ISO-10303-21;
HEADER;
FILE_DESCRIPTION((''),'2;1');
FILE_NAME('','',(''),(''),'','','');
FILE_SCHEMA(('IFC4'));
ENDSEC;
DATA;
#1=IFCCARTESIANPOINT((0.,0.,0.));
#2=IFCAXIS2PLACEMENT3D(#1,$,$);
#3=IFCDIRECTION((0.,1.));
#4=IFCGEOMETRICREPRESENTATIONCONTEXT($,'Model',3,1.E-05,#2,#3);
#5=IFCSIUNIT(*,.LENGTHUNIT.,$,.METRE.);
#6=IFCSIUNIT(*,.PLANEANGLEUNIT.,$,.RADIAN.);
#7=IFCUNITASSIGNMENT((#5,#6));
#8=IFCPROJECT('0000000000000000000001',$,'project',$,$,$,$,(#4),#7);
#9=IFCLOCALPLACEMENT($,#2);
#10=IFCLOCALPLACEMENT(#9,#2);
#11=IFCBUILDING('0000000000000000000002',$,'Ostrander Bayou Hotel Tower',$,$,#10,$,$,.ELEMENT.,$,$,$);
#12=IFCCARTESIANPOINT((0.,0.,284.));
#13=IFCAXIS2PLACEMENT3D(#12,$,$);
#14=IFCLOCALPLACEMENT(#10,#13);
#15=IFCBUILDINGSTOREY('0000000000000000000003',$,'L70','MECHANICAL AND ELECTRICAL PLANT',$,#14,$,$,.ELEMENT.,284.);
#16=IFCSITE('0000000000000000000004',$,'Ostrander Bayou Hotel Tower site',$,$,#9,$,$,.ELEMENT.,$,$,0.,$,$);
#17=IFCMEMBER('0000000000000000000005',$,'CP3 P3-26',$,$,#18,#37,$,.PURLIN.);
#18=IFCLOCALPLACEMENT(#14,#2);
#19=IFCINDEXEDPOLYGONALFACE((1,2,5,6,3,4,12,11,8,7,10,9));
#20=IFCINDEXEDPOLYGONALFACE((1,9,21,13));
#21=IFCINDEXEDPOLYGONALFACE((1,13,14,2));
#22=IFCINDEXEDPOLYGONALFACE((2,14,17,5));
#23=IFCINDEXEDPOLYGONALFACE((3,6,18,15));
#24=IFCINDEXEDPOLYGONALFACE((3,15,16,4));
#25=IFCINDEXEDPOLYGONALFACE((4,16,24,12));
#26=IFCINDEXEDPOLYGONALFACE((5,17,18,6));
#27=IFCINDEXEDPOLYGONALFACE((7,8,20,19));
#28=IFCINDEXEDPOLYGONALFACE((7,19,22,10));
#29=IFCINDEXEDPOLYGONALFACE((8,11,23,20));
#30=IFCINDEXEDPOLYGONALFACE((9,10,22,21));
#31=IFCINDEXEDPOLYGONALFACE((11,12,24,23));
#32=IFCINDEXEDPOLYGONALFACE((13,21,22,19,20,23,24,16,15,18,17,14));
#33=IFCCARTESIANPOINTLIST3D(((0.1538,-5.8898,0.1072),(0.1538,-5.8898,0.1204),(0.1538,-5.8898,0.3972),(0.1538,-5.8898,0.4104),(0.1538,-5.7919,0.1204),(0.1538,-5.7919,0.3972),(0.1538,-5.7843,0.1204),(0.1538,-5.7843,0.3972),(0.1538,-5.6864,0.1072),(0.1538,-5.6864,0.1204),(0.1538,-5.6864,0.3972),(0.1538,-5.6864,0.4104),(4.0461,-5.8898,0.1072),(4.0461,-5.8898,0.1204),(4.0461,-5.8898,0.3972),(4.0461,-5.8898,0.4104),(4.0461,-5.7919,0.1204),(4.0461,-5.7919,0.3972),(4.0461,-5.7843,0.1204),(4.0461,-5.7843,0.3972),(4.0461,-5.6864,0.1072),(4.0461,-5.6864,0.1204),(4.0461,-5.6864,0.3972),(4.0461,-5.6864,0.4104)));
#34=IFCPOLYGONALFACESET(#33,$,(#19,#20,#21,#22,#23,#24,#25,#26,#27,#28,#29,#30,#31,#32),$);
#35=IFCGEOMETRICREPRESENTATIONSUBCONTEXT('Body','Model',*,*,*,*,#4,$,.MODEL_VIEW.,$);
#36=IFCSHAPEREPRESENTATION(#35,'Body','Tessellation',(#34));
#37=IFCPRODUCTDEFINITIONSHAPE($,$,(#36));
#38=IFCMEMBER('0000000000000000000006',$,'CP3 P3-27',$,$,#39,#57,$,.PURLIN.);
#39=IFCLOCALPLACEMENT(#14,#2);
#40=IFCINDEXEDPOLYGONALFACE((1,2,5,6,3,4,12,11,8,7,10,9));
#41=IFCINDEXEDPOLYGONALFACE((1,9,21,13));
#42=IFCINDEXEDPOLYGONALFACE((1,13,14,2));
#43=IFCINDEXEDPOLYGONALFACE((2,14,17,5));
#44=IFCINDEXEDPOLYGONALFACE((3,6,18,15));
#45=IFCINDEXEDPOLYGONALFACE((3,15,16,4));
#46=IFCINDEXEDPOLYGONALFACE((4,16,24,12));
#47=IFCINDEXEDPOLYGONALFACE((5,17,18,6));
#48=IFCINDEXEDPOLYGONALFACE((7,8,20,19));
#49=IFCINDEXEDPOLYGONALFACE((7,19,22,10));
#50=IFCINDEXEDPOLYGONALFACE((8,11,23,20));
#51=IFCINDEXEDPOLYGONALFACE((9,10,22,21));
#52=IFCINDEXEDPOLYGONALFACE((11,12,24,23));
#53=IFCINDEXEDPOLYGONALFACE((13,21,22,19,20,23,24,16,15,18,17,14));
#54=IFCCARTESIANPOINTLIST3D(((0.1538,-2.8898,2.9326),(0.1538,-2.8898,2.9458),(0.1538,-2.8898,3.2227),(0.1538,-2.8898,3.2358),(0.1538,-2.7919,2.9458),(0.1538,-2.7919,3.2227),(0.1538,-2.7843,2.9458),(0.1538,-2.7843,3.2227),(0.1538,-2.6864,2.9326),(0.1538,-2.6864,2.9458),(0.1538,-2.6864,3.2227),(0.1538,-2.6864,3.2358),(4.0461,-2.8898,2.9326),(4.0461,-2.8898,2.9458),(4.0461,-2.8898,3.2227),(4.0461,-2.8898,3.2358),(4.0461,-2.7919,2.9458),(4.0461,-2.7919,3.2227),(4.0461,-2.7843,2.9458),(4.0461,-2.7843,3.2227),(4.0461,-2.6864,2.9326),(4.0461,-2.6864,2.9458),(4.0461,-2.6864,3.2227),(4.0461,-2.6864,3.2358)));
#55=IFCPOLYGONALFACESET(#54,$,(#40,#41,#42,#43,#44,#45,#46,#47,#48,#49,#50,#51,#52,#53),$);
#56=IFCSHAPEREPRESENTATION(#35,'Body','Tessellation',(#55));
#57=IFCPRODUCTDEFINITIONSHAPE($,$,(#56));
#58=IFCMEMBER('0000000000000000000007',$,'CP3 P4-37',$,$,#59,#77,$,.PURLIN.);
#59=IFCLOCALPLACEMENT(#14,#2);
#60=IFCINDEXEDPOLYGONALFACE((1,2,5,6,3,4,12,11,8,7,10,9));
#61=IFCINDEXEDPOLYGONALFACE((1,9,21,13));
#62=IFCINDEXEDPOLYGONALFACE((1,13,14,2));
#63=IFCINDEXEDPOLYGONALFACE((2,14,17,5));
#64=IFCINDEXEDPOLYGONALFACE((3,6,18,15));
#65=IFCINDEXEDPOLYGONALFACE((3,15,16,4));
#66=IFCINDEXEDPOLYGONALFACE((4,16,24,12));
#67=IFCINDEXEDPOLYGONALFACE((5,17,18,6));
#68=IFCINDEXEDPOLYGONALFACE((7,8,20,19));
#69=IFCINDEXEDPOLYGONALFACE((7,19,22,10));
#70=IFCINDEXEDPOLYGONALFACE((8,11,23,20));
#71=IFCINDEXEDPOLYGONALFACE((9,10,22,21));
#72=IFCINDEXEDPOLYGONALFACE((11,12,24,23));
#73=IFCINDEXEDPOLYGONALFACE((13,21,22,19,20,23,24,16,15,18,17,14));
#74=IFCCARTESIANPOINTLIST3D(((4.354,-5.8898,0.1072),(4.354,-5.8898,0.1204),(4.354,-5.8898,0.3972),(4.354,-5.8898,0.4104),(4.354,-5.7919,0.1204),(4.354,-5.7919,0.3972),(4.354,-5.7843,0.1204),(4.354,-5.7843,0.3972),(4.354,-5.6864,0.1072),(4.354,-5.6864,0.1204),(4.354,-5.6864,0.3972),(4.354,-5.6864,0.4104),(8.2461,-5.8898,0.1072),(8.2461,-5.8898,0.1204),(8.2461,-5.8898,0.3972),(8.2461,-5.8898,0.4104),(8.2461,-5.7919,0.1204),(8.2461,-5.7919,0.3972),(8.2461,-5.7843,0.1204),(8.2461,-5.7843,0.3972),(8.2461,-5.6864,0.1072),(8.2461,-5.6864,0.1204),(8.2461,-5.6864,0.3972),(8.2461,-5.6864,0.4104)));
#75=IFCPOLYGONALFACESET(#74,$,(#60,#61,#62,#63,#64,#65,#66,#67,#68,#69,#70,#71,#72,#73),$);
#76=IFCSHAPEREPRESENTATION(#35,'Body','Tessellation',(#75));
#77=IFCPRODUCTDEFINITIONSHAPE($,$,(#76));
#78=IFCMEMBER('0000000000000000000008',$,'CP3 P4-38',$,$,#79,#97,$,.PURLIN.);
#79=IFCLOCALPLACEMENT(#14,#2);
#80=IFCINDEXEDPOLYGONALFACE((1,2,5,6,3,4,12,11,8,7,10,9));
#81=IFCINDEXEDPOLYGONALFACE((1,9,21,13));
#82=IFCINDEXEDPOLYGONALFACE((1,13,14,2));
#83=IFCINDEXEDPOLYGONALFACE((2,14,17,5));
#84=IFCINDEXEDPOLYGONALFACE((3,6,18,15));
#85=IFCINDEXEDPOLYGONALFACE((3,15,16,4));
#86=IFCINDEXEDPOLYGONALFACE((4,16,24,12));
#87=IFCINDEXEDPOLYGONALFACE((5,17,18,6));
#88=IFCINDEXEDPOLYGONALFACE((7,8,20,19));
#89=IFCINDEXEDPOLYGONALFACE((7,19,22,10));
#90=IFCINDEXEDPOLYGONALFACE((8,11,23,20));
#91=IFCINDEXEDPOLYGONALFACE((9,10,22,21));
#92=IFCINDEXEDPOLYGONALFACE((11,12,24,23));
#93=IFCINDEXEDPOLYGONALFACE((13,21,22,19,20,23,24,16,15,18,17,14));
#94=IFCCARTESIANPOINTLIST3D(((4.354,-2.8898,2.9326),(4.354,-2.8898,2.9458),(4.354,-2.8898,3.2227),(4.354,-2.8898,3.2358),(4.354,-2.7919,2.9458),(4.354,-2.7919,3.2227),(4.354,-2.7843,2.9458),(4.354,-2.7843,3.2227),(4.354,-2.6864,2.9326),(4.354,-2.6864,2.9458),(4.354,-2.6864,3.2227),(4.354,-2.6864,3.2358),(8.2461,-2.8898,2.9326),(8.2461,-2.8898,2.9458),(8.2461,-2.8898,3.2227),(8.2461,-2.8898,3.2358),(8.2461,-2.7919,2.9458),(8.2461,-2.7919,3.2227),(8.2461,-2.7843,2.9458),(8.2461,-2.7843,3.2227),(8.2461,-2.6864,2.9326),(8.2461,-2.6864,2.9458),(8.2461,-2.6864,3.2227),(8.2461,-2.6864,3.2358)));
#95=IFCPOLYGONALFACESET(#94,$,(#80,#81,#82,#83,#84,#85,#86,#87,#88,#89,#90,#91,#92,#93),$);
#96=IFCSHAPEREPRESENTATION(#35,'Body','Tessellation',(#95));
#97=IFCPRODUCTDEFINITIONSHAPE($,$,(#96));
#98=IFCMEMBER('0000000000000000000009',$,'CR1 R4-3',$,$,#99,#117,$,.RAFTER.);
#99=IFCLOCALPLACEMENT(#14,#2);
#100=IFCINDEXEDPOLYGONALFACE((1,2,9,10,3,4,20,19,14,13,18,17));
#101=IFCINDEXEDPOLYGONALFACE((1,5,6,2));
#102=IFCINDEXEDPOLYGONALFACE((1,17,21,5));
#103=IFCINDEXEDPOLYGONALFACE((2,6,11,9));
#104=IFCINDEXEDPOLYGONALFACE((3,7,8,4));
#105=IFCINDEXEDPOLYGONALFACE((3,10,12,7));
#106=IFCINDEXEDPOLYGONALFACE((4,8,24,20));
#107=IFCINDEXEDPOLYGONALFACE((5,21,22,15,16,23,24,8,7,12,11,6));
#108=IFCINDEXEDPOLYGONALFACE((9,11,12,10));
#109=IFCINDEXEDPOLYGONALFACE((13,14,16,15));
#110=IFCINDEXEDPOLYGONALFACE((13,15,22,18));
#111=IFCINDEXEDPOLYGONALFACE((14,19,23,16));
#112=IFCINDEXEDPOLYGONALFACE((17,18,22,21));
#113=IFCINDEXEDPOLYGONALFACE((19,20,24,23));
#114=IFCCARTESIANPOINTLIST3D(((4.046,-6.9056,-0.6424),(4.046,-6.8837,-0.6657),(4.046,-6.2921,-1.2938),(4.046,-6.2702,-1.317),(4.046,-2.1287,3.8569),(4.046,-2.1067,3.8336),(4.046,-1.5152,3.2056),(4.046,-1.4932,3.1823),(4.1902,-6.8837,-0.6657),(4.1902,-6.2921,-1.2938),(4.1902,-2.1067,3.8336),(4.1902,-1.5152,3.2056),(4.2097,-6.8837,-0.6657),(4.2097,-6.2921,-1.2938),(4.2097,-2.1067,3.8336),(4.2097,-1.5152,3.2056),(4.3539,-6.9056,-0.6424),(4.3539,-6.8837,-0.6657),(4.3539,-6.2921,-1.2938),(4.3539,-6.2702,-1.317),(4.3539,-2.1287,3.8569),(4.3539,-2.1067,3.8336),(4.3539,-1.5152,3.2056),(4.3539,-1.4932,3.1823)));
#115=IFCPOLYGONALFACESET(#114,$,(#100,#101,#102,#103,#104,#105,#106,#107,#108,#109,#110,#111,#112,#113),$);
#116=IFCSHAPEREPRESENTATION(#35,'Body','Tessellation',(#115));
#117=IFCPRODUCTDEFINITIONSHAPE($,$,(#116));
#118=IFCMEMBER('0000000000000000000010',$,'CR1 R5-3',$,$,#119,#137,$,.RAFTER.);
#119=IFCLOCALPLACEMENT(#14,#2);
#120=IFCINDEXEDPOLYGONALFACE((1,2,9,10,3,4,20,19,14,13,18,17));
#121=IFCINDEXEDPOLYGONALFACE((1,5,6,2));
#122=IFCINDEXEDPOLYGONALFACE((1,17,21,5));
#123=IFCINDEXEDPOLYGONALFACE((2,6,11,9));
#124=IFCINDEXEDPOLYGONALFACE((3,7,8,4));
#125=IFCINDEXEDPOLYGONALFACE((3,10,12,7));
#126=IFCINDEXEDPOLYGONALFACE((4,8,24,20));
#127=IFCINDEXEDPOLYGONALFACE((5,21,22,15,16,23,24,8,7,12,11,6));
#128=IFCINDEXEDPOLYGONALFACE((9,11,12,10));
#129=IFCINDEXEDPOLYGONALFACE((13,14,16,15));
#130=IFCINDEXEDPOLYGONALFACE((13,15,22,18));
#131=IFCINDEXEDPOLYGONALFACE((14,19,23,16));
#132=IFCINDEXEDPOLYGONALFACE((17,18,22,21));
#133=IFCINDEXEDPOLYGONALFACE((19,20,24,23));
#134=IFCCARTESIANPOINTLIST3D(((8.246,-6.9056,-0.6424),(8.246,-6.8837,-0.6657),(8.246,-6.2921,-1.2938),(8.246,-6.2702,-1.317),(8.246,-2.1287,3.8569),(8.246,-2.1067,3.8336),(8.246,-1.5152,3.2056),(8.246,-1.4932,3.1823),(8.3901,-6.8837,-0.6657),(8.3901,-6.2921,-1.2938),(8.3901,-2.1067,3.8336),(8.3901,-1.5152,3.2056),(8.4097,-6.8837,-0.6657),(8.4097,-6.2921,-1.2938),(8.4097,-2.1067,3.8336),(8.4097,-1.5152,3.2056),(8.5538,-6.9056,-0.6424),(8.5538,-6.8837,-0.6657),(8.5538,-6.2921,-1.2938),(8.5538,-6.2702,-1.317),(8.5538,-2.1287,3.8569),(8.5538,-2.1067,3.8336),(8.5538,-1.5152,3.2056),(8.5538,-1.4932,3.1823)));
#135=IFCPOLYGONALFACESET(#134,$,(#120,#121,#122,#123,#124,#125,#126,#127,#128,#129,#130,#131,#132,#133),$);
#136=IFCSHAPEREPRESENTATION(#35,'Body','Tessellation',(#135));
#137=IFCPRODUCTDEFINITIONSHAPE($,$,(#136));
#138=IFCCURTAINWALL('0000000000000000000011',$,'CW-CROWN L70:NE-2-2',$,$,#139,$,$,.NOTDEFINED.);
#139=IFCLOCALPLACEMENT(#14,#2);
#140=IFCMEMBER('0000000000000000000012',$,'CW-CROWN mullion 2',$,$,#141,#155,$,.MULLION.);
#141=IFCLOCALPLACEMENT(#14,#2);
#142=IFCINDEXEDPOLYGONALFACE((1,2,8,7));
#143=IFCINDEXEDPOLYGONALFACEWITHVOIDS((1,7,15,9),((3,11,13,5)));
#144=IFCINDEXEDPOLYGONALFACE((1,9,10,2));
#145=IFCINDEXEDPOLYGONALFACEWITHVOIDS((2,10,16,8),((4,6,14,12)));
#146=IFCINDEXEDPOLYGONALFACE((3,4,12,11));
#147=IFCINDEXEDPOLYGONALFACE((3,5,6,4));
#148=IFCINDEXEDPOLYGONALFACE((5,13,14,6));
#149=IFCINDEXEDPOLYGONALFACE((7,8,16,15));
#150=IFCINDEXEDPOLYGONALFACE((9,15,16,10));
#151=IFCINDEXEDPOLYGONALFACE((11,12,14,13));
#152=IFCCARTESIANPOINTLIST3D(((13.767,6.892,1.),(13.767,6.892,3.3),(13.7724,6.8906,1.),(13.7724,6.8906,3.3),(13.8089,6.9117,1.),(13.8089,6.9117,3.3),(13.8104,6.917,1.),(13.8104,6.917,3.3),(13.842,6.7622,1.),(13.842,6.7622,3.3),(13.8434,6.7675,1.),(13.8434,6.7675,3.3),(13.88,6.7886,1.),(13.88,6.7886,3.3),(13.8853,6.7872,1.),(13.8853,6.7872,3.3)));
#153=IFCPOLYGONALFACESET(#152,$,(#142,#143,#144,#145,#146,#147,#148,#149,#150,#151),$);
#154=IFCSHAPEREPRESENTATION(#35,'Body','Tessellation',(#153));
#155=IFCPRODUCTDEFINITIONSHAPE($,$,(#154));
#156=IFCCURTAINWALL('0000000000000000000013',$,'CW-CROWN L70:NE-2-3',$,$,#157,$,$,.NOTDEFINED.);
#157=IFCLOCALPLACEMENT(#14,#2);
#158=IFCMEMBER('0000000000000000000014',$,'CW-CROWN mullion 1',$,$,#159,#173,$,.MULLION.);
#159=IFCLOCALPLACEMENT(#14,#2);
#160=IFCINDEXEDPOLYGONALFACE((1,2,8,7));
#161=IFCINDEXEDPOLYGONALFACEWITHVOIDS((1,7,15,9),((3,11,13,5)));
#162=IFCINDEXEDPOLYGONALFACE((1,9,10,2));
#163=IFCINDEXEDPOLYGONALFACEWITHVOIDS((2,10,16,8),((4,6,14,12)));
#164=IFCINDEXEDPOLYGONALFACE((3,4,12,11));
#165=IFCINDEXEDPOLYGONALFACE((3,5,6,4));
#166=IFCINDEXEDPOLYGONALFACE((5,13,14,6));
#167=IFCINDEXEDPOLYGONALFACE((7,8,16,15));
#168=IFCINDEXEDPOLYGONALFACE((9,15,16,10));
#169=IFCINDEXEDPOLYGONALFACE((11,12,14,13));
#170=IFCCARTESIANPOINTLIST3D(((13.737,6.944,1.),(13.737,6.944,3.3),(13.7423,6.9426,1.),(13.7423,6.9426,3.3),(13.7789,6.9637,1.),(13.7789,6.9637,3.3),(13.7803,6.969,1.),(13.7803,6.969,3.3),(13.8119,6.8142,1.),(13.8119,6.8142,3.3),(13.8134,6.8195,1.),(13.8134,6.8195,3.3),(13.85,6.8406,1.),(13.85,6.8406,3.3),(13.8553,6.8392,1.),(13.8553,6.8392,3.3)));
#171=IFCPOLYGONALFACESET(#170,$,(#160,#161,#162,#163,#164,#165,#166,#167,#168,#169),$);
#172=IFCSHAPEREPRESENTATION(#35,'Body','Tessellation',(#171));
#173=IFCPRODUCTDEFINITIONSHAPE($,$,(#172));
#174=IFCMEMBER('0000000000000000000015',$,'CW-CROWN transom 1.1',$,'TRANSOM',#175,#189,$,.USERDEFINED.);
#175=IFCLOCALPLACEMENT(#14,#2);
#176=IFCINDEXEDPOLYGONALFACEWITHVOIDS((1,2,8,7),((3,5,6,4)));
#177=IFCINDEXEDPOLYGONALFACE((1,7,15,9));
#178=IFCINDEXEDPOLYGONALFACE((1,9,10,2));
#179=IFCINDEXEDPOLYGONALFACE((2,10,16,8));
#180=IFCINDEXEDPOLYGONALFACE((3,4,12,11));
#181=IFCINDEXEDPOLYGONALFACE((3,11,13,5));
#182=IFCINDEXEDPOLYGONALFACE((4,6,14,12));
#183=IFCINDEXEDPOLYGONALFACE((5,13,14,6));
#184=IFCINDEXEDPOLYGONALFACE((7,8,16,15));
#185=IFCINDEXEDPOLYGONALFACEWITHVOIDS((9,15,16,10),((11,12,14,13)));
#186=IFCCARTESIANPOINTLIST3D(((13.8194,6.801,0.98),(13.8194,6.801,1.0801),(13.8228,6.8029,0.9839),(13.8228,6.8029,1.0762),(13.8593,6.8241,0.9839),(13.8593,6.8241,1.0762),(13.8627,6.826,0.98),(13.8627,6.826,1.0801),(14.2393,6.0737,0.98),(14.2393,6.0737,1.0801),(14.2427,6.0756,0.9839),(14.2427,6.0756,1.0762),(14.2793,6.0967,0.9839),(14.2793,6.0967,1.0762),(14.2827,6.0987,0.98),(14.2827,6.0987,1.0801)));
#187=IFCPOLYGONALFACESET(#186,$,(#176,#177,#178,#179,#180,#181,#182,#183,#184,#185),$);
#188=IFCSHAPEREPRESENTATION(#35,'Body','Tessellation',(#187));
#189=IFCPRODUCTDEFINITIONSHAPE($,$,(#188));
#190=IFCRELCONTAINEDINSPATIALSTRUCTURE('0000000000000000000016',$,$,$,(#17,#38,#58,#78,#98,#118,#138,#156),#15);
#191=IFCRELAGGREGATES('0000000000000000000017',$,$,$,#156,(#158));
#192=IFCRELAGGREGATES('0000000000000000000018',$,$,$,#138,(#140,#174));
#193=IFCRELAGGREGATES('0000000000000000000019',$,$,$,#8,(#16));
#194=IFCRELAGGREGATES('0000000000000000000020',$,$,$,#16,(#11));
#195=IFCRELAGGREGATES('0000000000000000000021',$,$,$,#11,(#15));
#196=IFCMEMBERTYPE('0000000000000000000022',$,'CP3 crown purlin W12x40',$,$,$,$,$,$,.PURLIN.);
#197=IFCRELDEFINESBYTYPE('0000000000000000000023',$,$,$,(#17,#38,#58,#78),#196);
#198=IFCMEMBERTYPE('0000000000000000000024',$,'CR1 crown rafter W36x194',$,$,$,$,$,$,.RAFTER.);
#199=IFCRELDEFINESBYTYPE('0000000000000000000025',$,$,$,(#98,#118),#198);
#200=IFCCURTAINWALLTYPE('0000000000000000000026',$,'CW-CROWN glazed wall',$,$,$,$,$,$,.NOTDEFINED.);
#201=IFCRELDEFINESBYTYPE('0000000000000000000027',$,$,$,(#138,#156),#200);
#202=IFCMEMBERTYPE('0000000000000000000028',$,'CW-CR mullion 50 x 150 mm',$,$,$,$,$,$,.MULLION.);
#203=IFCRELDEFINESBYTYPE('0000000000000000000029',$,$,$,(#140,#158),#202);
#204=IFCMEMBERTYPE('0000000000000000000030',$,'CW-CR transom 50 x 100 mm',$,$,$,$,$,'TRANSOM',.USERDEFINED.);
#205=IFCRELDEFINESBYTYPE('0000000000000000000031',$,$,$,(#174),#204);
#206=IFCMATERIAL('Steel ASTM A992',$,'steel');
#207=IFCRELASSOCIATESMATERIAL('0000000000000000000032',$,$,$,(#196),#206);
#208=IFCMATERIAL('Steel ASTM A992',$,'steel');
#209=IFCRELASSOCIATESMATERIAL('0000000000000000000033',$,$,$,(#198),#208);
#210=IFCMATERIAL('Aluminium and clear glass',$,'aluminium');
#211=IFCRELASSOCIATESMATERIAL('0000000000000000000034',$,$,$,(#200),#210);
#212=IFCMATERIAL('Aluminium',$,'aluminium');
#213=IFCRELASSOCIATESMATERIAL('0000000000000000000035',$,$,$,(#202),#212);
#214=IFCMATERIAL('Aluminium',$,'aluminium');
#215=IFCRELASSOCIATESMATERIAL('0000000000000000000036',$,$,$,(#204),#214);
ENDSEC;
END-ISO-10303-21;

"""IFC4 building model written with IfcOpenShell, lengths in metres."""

from ifc_helpers import new_model, si_unit, direction, frame, origin, origin_2d, place, context, subcontext, project, spatial, hollow_rectangle, i_section, extrude, material, material_profile, profile_set, type_object, element, aggregate, save


model = new_model("IFC4")

# Units and contexts
model_context = context("Model", 3, precision=1e-05, world=origin(), true_north=direction((0.0, 1.0)))
body_context = subcontext(model_context, "Body", "Model", "MODEL_VIEW")
ifc_project = project(units=[si_unit("LENGTHUNIT", "METRE"), si_unit("PLANEANGLEUNIT", "RADIAN")], contexts=[model_context])

# Site, building, storey
site_placement = place(None, origin())
site = spatial("IfcSite", under=ifc_project, at=site_placement, Name="Ostrander Bayou Hotel Tower site", CompositionType="ELEMENT", RefElevation=0.0)
building_placement = place(site_placement, origin())
building = spatial("IfcBuilding", under=site, at=building_placement, Name="Ostrander Bayou Hotel Tower", CompositionType="ELEMENT")
storey_placement = place(building_placement, frame((0.0, 0.0, 284.0)))
storey = spatial("IfcBuildingStorey", under=building, at=storey_placement, Name="L70", Description="MECHANICAL AND ELECTRICAL PLANT", CompositionType="ELEMENT", Elevation=284.0)

# Members
ifc_material_1 = material(Name="Steel ASTM A992", Category="steel")
ifc_material_profile_1 = material_profile(ifc_material_1, i_section(OverallWidth=0.2034, OverallDepth=0.3032, WebThickness=0.0076, FlangeThickness=0.0132, at=origin_2d()))
ifc_profile_set_1 = profile_set([ifc_material_profile_1], Name="Steel ASTM A992")
member_type_1 = type_object("IfcMemberType", Name="CP3 crown purlin W12x40", PredefinedType="PURLIN", material=ifc_profile_set_1)
for number, where, z_axis, x_axis, name in (
    (1, (0.1538, -5.7881, 0.2588), (1.0, 0.0, 0.0), (0.0, 1.0, 0.0), "CP3 P3-26"),
    (2, (0.1538, -2.7881, 3.0842), (1.0, 0.0, 0.0), (0.0, 1.0, 0.0), "CP3 P3-27"),
):
    element("IfcMember", number, at=place(storey_placement, frame(where, z_axis=z_axis, x_axis=x_axis)), inside=storey, type_object=member_type_1, Name=name, PredefinedType="PURLIN", context=body_context, shape_type="SweptSolid", body=[
        extrude(i_section(OverallWidth=0.2034, OverallDepth=0.3032, WebThickness=0.0076, FlangeThickness=0.0132, at=origin_2d()), origin(), (0.0, 0.0, 1.0), 3.8923),
    ])
for number, where, z_axis, x_axis, name in (
    (3, (4.354, -5.7881, 0.2588), (1.0, 0.0, 0.0), (0.0, 1.0, 0.0), "CP3 P4-37"),
    (4, (4.354, -2.7881, 3.0842), (1.0, 0.0, 0.0), (0.0, 1.0, 0.0), "CP3 P4-38"),
):
    element("IfcMember", number, at=place(storey_placement, frame(where, z_axis=z_axis, x_axis=x_axis)), inside=storey, type_object=member_type_1, Name=name, PredefinedType="PURLIN", context=body_context, shape_type="SweptSolid", body=[
        extrude(i_section(OverallWidth=0.2034, OverallDepth=0.3032, WebThickness=0.0076, FlangeThickness=0.0132, at=origin_2d()), origin(), (0.0, 0.0, 1.0), 3.8921),
    ])
ifc_material_2 = material(Name="Steel ASTM A992", Category="steel")
ifc_material_profile_2 = material_profile(ifc_material_2, i_section(OverallWidth=0.3079, OverallDepth=0.9268, WebThickness=0.0195, FlangeThickness=0.032, at=origin_2d()))
ifc_profile_set_2 = profile_set([ifc_material_profile_2], Name="Steel ASTM A992")
member_type_2 = type_object("IfcMemberType", Name="CR1 crown rafter W36x194", PredefinedType="RAFTER", material=ifc_profile_set_2)
for number, where, z_axis, x_axis, name in (
    (5, (4.2, -6.5879, -0.9797), (0.0, 0.727941, 0.68564), (-1.0, 0.0, 0.0), "CR1 R4-3"),
    (6, (8.3999, -6.5879, -0.9797), (0.0, 0.727941, 0.68564), (-1.0, 0.0, 0.0), "CR1 R5-3"),
):
    element("IfcMember", number, at=place(storey_placement, frame(where, z_axis=z_axis, x_axis=x_axis)), inside=storey, type_object=member_type_2, Name=name, PredefinedType="RAFTER", context=body_context, shape_type="SweptSolid", body=[
        extrude(i_section(OverallWidth=0.3079, OverallDepth=0.9268, WebThickness=0.0195, FlangeThickness=0.032, at=origin_2d()), origin(), (0.0, 0.0, 1.0), 6.5623),
    ])

# Curtain walls, members
ifc_material_3 = material(Name="Aluminium and clear glass", Category="aluminium")
curtain_wall_type = type_object("IfcCurtainWallType", Name="CW-CROWN glazed wall", PredefinedType="NOTDEFINED", material=ifc_material_3)
curtain_wall_1_placement = place(storey_placement, origin())
curtain_wall_1 = element("IfcCurtainWall", 7, at=curtain_wall_1_placement, inside=storey, type_object=curtain_wall_type, Name="CW-CROWN L70:NE-2-2", PredefinedType="NOTDEFINED")
ifc_material_4 = material(Name="Aluminium", Category="aluminium")
ifc_material_profile_3 = material_profile(ifc_material_4, hollow_rectangle(XDim=0.05, YDim=0.1499, WallThickness=0.0039, at=origin_2d()))
ifc_profile_set_3 = profile_set([ifc_material_profile_3], Name="Aluminium")
member_type_3 = type_object("IfcMemberType", Name="CW-CR mullion 50 x 150 mm", PredefinedType="MULLION", material=ifc_profile_set_3)
member_1_placement = place(storey_placement, frame((13.8262, 6.8396, 1.0), z_axis=(0.0, 0.0, 1.0), x_axis=(-0.866022, -0.500005, 0.0)))
member_1 = element("IfcMember", 8, at=member_1_placement, type_object=member_type_3, Name="CW-CROWN mullion 2", PredefinedType="MULLION", context=body_context, shape_type="SweptSolid", body=[
    extrude(hollow_rectangle(XDim=0.05, YDim=0.1499, WallThickness=0.0039, at=origin_2d()), origin(), (0.0, 0.0, 1.0), 2.3),
])
curtain_wall_2_placement = place(storey_placement, origin())
curtain_wall_2 = element("IfcCurtainWall", 9, at=curtain_wall_2_placement, inside=storey, type_object=curtain_wall_type, Name="CW-CROWN L70:NE-2-3", PredefinedType="NOTDEFINED")
member_2_placement = place(storey_placement, frame((13.7961, 6.8916, 1.0), z_axis=(0.0, 0.0, 1.0), x_axis=(-0.866049, -0.49996, 0.0)))
member_2 = element("IfcMember", 10, at=member_2_placement, type_object=member_type_3, Name="CW-CROWN mullion 1", PredefinedType="MULLION", context=body_context, shape_type="SweptSolid", body=[
    extrude(hollow_rectangle(XDim=0.05, YDim=0.1499, WallThickness=0.0039, at=origin_2d()), origin(), (0.0, 0.0, 1.0), 2.3),
])

# Member
ifc_material_5 = material(Name="Aluminium", Category="aluminium")
ifc_material_profile_4 = material_profile(ifc_material_5, hollow_rectangle(XDim=0.05, YDim=0.1001, WallThickness=0.0039, at=origin_2d()))
ifc_profile_set_4 = profile_set([ifc_material_profile_4], Name="Aluminium")
member_type_4 = type_object("IfcMemberType", Name="CW-CR transom 50 x 100 mm", ElementType="TRANSOM", PredefinedType="USERDEFINED", material=ifc_profile_set_4)
member_3_placement = place(storey_placement, frame((14.261, 6.0862, 1.03), z_axis=(-0.500016, 0.866016, 0.0), x_axis=(-0.866016, -0.500016, 0.0)))
member_3 = element("IfcMember", 11, at=member_3_placement, type_object=member_type_4, Name="CW-CROWN transom 1.1", ObjectType="TRANSOM", PredefinedType="USERDEFINED", context=body_context, shape_type="SweptSolid", body=[
    extrude(hollow_rectangle(XDim=0.05, YDim=0.1001, WallThickness=0.0039, at=origin_2d()), origin(), (0.0, 0.0, 1.0), 0.8398),
])
aggregate(curtain_wall_2, [member_2])

aggregate(curtain_wall_1, [member_1, member_3])

save(model, "model.ifc")
